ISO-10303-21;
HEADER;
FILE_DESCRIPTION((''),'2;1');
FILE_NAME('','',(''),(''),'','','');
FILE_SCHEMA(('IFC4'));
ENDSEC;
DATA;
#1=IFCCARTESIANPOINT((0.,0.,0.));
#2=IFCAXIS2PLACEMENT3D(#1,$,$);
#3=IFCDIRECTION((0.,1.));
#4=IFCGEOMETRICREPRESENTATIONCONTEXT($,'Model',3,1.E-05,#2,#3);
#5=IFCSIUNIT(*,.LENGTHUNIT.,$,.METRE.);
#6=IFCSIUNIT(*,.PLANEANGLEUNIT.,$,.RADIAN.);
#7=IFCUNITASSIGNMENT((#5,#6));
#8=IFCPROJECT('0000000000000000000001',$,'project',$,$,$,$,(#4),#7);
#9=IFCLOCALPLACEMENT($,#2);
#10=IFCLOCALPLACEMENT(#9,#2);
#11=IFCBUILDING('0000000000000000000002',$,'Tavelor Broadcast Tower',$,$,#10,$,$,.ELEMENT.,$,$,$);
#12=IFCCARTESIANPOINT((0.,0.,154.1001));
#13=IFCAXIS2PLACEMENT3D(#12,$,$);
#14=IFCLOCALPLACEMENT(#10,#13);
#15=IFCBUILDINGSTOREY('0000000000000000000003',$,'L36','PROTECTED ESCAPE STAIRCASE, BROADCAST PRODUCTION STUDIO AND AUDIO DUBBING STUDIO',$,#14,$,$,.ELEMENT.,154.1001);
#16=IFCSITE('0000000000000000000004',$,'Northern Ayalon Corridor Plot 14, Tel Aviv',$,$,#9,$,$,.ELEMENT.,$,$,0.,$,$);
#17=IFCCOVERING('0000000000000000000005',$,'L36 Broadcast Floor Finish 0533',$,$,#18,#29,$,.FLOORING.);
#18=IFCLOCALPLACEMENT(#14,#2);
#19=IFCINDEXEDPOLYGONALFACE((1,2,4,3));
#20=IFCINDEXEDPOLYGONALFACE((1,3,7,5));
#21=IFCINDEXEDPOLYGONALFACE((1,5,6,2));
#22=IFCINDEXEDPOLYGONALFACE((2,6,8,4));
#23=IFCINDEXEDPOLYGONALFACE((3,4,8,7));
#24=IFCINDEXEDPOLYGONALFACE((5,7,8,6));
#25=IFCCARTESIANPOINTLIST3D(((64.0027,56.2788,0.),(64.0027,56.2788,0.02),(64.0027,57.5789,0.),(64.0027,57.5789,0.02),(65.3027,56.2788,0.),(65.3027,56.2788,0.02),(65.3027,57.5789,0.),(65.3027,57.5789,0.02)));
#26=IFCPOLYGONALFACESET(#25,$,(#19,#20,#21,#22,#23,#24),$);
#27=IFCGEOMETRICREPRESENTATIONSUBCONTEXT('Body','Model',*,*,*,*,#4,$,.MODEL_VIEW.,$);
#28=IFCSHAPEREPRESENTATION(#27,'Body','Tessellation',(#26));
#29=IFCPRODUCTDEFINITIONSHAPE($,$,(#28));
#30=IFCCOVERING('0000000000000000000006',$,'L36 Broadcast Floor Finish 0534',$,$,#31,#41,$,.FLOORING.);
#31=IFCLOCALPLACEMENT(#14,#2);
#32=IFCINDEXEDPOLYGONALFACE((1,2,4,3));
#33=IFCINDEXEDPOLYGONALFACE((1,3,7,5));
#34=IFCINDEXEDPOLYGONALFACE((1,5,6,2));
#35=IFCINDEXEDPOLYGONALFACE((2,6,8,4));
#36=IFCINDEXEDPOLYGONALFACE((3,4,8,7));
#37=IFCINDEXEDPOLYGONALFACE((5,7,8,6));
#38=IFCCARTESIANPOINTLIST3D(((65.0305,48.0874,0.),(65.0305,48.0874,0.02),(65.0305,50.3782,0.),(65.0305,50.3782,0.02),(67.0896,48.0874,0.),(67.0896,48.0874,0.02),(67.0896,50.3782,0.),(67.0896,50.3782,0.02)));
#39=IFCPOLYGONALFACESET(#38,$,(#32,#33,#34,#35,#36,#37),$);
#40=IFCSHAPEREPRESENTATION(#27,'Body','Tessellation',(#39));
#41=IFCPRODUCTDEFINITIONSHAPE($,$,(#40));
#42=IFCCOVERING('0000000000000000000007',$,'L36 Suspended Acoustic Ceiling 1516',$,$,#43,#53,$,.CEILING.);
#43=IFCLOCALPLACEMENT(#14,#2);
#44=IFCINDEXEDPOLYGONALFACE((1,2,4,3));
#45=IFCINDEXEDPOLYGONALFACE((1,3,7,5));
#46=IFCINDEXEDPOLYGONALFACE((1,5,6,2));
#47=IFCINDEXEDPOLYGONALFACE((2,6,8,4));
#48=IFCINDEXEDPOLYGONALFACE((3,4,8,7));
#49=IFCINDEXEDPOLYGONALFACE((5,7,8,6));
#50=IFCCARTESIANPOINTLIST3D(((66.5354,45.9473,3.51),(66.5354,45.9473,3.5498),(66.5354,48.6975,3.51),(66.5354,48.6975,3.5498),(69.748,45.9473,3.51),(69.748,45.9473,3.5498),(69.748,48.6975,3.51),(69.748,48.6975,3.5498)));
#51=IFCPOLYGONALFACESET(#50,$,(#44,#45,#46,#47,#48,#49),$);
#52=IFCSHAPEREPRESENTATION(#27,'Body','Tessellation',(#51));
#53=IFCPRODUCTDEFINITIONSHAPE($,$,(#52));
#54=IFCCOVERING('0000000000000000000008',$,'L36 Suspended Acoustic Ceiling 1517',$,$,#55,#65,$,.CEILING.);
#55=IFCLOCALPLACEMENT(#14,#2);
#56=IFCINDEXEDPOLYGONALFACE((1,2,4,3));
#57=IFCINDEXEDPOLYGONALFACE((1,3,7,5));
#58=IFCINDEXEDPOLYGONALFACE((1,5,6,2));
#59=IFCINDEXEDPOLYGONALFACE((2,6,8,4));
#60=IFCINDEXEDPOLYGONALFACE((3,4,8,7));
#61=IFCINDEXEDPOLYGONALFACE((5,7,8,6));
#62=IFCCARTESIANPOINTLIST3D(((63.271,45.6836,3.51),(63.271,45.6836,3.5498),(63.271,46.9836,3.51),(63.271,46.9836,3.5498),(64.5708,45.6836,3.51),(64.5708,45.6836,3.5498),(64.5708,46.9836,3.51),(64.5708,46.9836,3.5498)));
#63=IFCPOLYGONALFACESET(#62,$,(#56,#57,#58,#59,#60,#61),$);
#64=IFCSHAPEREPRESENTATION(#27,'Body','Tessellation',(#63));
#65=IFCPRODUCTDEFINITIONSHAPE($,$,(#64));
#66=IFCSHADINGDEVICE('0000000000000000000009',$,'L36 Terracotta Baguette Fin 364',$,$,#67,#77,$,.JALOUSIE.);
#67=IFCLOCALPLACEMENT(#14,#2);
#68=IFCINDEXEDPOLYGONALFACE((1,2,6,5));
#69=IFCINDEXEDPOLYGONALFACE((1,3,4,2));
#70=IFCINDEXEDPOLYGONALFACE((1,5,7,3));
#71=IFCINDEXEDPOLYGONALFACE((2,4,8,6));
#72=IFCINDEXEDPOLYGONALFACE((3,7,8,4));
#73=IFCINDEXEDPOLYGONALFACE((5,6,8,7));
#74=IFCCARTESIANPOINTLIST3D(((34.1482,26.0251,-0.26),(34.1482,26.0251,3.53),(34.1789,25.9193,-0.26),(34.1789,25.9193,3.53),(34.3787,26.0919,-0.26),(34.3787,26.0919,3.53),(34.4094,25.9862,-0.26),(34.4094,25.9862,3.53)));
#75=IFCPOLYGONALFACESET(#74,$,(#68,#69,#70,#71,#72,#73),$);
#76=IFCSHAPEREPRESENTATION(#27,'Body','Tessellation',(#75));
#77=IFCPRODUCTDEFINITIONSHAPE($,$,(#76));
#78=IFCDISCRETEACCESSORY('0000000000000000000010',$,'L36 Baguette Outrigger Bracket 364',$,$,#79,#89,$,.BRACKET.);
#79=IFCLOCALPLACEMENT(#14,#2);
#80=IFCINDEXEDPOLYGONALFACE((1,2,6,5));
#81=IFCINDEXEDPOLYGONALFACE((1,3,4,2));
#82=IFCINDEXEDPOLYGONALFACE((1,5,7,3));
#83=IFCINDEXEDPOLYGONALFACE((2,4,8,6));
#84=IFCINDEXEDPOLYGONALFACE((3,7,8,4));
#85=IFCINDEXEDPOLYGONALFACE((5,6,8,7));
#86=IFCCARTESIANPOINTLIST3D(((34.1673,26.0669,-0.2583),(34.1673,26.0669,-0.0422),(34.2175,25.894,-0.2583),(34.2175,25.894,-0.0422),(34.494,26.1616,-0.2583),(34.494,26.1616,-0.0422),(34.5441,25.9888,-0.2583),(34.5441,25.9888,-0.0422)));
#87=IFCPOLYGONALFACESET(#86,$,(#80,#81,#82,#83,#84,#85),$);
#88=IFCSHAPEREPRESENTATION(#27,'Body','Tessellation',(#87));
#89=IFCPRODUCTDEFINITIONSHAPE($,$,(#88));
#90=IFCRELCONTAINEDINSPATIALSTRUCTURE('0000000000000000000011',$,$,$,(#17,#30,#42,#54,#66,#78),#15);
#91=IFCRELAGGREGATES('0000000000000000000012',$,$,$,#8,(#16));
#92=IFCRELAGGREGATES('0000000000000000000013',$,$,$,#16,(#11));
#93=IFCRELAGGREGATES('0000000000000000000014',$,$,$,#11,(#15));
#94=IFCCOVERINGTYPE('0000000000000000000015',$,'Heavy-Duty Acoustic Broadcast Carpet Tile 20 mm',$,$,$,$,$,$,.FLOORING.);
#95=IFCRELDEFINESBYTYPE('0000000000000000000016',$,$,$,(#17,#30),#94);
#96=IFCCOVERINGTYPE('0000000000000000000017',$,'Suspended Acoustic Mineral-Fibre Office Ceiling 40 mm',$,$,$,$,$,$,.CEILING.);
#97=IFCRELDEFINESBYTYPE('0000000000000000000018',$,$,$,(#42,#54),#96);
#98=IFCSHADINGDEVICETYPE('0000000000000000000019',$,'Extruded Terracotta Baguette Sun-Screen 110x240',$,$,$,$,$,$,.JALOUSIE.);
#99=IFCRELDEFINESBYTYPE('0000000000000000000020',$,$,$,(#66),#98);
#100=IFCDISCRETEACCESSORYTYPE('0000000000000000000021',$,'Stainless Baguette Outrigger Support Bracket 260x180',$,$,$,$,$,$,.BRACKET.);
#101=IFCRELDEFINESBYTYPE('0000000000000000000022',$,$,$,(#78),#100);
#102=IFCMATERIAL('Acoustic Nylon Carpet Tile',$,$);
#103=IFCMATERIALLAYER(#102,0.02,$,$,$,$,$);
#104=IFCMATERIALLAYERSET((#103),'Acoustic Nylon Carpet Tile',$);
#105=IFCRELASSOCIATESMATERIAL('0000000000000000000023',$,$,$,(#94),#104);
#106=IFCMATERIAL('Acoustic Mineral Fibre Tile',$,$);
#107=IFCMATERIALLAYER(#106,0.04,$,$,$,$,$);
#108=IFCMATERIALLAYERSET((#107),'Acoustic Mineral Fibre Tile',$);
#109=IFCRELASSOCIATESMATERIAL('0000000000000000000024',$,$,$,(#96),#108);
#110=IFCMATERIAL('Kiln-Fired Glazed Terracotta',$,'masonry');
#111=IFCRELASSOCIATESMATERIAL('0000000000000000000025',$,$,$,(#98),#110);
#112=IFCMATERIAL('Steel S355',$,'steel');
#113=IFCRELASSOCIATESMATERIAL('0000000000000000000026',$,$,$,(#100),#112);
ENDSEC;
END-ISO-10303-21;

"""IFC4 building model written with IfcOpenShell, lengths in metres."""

from ifc_helpers import new_model, si_unit, direction, frame, origin, origin_2d, place, context, subcontext, project, spatial, polyline, rectangle, outline, extrude, source, transform, mapped, material, layer, layer_set, type_object, type_shapes, element, save


model = new_model("IFC4")

# Units and contexts
model_context = context("Model", 3, precision=1e-05, world=origin(), true_north=direction((0.0, 1.0)))
body_context = subcontext(model_context, "Body", "Model", "MODEL_VIEW")
ifc_project = project(units=[si_unit("LENGTHUNIT", "METRE"), si_unit("PLANEANGLEUNIT", "RADIAN")], contexts=[model_context])

# Site, building, storey
site_placement = place(None, origin())
site = spatial("IfcSite", under=ifc_project, at=site_placement, Name="Northern Ayalon Corridor Plot 14, Tel Aviv", CompositionType="ELEMENT", RefElevation=0.0)
building_placement = place(site_placement, origin())
building = spatial("IfcBuilding", under=site, at=building_placement, Name="Tavelor Broadcast Tower", CompositionType="ELEMENT")
storey_placement = place(building_placement, frame((0.0, 0.0, 154.1001)))
storey = spatial("IfcBuildingStorey", under=building, at=storey_placement, Name="L36", Description="PROTECTED ESCAPE STAIRCASE, BROADCAST PRODUCTION STUDIO AND AUDIO DUBBING STUDIO", CompositionType="ELEMENT", Elevation=154.1001)

# Shared definitions
ifc_material_1 = material(Name="Steel S355", Category="steel")

# Coverings
ifc_material_2 = material(Name="Acoustic Nylon Carpet Tile")
ifc_layer_1 = layer(ifc_material_2, 0.02)
ifc_layer_set_1 = layer_set([ifc_layer_1], Name="Acoustic Nylon Carpet Tile")
covering_type_1 = type_object("IfcCoveringType", Name="Heavy-Duty Acoustic Broadcast Carpet Tile 20 mm", PredefinedType="FLOORING", material=ifc_layer_set_1)
covering_1_placement = place(storey_placement, origin())
element("IfcCovering", 1, at=covering_1_placement, inside=storey, type_object=covering_type_1, Name="L36 Broadcast Floor Finish 0533", PredefinedType="FLOORING", context=body_context, shape_type="SweptSolid", body=[
    extrude(outline(polyline([(64.0027, 56.2788), (65.3027, 56.2788), (65.3027, 57.5789), (64.0027, 57.5789), (64.0027, 56.2788)])), origin(), (0.0, 0.0, 1.0), 0.02),
])
covering_2_placement = place(storey_placement, origin())
element("IfcCovering", 2, at=covering_2_placement, inside=storey, type_object=covering_type_1, Name="L36 Broadcast Floor Finish 0534", PredefinedType="FLOORING", context=body_context, shape_type="SweptSolid", body=[
    extrude(outline(polyline([(65.0305, 48.0874), (67.0896, 48.0874), (67.0896, 50.3782), (65.0305, 50.3782), (65.0305, 48.0874)])), origin(), (0.0, 0.0, 1.0), 0.02),
])
ifc_material_3 = material(Name="Acoustic Mineral Fibre Tile")
ifc_layer_2 = layer(ifc_material_3, 0.04)
ifc_layer_set_2 = layer_set([ifc_layer_2], Name="Acoustic Mineral Fibre Tile")
covering_type_2 = type_object("IfcCoveringType", Name="Suspended Acoustic Mineral-Fibre Office Ceiling 40 mm", PredefinedType="CEILING", material=ifc_layer_set_2)
covering_3_placement = place(storey_placement, frame((0.0, 0.0, 3.51)))
element("IfcCovering", 3, at=covering_3_placement, inside=storey, type_object=covering_type_2, Name="L36 Suspended Acoustic Ceiling 1516", PredefinedType="CEILING", context=body_context, shape_type="SweptSolid", body=[
    extrude(outline(polyline([(66.5354, 45.9473), (69.748, 45.9473), (69.748, 48.6975), (66.5354, 48.6975), (66.5354, 45.9473)])), origin(), (0.0, 0.0, 1.0), 0.0398),
])
covering_4_placement = place(storey_placement, frame((0.0, 0.0, 3.51)))
element("IfcCovering", 4, at=covering_4_placement, inside=storey, type_object=covering_type_2, Name="L36 Suspended Acoustic Ceiling 1517", PredefinedType="CEILING", context=body_context, shape_type="SweptSolid", body=[
    extrude(outline(polyline([(63.271, 45.6836), (64.5708, 45.6836), (64.5708, 46.9836), (63.271, 46.9836), (63.271, 45.6836)])), origin(), (0.0, 0.0, 1.0), 0.0398),
])

# Shading device
ifc_material_4 = material(Name="Kiln-Fired Glazed Terracotta", Category="masonry")
shading_device_type = type_object("IfcShadingDeviceType", Name="Extruded Terracotta Baguette Sun-Screen 110x240", PredefinedType="JALOUSIE", material=ifc_material_4)
shared_shape_1 = source(origin(), body_context, "Body", "SweptSolid", [
    extrude(rectangle(XDim=0.1101, YDim=0.24, at=origin_2d()), origin(), (0.0, 0.0, 1.0), 3.79),
])
type_shapes(shading_device_type, [shared_shape_1])
shading_device_placement = place(storey_placement, frame((34.2788, 26.0056, -0.26), z_axis=(0.0, 0.0, 1.0), x_axis=(0.278656, -0.960391, 0.0)))
element("IfcShadingDevice", 5, at=shading_device_placement, inside=storey, type_object=shading_device_type, Name="L36 Terracotta Baguette Fin 364", PredefinedType="JALOUSIE", context=body_context, shape_type="MappedRepresentation", body=[
    mapped(shared_shape_1, transform((0.0, 0.0, 0.0), scale=1.0)),
])

# Discrete accessory
discrete_accessory_type = type_object("IfcDiscreteAccessoryType", Name="Stainless Baguette Outrigger Support Bracket 260x180", PredefinedType="BRACKET", material=ifc_material_1)
shared_shape_2 = source(origin(), body_context, "Body", "SweptSolid", [
    extrude(rectangle(XDim=0.1799, YDim=0.3401, at=origin_2d()), origin(), (0.0, 0.0, 1.0), 0.2161),
])
type_shapes(discrete_accessory_type, [shared_shape_2])
discrete_accessory_placement = place(storey_placement, frame((34.3557, 26.0278, -0.2583), z_axis=(0.0, 0.0, 1.0), x_axis=(0.278656, -0.960391, 0.0)))
element("IfcDiscreteAccessory", 6, at=discrete_accessory_placement, inside=storey, type_object=discrete_accessory_type, Name="L36 Baguette Outrigger Bracket 364", PredefinedType="BRACKET", context=body_context, shape_type="MappedRepresentation", body=[
    mapped(shared_shape_2, transform((0.0, 0.0, 0.0), scale=1.0)),
])

save(model, "model.ifc")
